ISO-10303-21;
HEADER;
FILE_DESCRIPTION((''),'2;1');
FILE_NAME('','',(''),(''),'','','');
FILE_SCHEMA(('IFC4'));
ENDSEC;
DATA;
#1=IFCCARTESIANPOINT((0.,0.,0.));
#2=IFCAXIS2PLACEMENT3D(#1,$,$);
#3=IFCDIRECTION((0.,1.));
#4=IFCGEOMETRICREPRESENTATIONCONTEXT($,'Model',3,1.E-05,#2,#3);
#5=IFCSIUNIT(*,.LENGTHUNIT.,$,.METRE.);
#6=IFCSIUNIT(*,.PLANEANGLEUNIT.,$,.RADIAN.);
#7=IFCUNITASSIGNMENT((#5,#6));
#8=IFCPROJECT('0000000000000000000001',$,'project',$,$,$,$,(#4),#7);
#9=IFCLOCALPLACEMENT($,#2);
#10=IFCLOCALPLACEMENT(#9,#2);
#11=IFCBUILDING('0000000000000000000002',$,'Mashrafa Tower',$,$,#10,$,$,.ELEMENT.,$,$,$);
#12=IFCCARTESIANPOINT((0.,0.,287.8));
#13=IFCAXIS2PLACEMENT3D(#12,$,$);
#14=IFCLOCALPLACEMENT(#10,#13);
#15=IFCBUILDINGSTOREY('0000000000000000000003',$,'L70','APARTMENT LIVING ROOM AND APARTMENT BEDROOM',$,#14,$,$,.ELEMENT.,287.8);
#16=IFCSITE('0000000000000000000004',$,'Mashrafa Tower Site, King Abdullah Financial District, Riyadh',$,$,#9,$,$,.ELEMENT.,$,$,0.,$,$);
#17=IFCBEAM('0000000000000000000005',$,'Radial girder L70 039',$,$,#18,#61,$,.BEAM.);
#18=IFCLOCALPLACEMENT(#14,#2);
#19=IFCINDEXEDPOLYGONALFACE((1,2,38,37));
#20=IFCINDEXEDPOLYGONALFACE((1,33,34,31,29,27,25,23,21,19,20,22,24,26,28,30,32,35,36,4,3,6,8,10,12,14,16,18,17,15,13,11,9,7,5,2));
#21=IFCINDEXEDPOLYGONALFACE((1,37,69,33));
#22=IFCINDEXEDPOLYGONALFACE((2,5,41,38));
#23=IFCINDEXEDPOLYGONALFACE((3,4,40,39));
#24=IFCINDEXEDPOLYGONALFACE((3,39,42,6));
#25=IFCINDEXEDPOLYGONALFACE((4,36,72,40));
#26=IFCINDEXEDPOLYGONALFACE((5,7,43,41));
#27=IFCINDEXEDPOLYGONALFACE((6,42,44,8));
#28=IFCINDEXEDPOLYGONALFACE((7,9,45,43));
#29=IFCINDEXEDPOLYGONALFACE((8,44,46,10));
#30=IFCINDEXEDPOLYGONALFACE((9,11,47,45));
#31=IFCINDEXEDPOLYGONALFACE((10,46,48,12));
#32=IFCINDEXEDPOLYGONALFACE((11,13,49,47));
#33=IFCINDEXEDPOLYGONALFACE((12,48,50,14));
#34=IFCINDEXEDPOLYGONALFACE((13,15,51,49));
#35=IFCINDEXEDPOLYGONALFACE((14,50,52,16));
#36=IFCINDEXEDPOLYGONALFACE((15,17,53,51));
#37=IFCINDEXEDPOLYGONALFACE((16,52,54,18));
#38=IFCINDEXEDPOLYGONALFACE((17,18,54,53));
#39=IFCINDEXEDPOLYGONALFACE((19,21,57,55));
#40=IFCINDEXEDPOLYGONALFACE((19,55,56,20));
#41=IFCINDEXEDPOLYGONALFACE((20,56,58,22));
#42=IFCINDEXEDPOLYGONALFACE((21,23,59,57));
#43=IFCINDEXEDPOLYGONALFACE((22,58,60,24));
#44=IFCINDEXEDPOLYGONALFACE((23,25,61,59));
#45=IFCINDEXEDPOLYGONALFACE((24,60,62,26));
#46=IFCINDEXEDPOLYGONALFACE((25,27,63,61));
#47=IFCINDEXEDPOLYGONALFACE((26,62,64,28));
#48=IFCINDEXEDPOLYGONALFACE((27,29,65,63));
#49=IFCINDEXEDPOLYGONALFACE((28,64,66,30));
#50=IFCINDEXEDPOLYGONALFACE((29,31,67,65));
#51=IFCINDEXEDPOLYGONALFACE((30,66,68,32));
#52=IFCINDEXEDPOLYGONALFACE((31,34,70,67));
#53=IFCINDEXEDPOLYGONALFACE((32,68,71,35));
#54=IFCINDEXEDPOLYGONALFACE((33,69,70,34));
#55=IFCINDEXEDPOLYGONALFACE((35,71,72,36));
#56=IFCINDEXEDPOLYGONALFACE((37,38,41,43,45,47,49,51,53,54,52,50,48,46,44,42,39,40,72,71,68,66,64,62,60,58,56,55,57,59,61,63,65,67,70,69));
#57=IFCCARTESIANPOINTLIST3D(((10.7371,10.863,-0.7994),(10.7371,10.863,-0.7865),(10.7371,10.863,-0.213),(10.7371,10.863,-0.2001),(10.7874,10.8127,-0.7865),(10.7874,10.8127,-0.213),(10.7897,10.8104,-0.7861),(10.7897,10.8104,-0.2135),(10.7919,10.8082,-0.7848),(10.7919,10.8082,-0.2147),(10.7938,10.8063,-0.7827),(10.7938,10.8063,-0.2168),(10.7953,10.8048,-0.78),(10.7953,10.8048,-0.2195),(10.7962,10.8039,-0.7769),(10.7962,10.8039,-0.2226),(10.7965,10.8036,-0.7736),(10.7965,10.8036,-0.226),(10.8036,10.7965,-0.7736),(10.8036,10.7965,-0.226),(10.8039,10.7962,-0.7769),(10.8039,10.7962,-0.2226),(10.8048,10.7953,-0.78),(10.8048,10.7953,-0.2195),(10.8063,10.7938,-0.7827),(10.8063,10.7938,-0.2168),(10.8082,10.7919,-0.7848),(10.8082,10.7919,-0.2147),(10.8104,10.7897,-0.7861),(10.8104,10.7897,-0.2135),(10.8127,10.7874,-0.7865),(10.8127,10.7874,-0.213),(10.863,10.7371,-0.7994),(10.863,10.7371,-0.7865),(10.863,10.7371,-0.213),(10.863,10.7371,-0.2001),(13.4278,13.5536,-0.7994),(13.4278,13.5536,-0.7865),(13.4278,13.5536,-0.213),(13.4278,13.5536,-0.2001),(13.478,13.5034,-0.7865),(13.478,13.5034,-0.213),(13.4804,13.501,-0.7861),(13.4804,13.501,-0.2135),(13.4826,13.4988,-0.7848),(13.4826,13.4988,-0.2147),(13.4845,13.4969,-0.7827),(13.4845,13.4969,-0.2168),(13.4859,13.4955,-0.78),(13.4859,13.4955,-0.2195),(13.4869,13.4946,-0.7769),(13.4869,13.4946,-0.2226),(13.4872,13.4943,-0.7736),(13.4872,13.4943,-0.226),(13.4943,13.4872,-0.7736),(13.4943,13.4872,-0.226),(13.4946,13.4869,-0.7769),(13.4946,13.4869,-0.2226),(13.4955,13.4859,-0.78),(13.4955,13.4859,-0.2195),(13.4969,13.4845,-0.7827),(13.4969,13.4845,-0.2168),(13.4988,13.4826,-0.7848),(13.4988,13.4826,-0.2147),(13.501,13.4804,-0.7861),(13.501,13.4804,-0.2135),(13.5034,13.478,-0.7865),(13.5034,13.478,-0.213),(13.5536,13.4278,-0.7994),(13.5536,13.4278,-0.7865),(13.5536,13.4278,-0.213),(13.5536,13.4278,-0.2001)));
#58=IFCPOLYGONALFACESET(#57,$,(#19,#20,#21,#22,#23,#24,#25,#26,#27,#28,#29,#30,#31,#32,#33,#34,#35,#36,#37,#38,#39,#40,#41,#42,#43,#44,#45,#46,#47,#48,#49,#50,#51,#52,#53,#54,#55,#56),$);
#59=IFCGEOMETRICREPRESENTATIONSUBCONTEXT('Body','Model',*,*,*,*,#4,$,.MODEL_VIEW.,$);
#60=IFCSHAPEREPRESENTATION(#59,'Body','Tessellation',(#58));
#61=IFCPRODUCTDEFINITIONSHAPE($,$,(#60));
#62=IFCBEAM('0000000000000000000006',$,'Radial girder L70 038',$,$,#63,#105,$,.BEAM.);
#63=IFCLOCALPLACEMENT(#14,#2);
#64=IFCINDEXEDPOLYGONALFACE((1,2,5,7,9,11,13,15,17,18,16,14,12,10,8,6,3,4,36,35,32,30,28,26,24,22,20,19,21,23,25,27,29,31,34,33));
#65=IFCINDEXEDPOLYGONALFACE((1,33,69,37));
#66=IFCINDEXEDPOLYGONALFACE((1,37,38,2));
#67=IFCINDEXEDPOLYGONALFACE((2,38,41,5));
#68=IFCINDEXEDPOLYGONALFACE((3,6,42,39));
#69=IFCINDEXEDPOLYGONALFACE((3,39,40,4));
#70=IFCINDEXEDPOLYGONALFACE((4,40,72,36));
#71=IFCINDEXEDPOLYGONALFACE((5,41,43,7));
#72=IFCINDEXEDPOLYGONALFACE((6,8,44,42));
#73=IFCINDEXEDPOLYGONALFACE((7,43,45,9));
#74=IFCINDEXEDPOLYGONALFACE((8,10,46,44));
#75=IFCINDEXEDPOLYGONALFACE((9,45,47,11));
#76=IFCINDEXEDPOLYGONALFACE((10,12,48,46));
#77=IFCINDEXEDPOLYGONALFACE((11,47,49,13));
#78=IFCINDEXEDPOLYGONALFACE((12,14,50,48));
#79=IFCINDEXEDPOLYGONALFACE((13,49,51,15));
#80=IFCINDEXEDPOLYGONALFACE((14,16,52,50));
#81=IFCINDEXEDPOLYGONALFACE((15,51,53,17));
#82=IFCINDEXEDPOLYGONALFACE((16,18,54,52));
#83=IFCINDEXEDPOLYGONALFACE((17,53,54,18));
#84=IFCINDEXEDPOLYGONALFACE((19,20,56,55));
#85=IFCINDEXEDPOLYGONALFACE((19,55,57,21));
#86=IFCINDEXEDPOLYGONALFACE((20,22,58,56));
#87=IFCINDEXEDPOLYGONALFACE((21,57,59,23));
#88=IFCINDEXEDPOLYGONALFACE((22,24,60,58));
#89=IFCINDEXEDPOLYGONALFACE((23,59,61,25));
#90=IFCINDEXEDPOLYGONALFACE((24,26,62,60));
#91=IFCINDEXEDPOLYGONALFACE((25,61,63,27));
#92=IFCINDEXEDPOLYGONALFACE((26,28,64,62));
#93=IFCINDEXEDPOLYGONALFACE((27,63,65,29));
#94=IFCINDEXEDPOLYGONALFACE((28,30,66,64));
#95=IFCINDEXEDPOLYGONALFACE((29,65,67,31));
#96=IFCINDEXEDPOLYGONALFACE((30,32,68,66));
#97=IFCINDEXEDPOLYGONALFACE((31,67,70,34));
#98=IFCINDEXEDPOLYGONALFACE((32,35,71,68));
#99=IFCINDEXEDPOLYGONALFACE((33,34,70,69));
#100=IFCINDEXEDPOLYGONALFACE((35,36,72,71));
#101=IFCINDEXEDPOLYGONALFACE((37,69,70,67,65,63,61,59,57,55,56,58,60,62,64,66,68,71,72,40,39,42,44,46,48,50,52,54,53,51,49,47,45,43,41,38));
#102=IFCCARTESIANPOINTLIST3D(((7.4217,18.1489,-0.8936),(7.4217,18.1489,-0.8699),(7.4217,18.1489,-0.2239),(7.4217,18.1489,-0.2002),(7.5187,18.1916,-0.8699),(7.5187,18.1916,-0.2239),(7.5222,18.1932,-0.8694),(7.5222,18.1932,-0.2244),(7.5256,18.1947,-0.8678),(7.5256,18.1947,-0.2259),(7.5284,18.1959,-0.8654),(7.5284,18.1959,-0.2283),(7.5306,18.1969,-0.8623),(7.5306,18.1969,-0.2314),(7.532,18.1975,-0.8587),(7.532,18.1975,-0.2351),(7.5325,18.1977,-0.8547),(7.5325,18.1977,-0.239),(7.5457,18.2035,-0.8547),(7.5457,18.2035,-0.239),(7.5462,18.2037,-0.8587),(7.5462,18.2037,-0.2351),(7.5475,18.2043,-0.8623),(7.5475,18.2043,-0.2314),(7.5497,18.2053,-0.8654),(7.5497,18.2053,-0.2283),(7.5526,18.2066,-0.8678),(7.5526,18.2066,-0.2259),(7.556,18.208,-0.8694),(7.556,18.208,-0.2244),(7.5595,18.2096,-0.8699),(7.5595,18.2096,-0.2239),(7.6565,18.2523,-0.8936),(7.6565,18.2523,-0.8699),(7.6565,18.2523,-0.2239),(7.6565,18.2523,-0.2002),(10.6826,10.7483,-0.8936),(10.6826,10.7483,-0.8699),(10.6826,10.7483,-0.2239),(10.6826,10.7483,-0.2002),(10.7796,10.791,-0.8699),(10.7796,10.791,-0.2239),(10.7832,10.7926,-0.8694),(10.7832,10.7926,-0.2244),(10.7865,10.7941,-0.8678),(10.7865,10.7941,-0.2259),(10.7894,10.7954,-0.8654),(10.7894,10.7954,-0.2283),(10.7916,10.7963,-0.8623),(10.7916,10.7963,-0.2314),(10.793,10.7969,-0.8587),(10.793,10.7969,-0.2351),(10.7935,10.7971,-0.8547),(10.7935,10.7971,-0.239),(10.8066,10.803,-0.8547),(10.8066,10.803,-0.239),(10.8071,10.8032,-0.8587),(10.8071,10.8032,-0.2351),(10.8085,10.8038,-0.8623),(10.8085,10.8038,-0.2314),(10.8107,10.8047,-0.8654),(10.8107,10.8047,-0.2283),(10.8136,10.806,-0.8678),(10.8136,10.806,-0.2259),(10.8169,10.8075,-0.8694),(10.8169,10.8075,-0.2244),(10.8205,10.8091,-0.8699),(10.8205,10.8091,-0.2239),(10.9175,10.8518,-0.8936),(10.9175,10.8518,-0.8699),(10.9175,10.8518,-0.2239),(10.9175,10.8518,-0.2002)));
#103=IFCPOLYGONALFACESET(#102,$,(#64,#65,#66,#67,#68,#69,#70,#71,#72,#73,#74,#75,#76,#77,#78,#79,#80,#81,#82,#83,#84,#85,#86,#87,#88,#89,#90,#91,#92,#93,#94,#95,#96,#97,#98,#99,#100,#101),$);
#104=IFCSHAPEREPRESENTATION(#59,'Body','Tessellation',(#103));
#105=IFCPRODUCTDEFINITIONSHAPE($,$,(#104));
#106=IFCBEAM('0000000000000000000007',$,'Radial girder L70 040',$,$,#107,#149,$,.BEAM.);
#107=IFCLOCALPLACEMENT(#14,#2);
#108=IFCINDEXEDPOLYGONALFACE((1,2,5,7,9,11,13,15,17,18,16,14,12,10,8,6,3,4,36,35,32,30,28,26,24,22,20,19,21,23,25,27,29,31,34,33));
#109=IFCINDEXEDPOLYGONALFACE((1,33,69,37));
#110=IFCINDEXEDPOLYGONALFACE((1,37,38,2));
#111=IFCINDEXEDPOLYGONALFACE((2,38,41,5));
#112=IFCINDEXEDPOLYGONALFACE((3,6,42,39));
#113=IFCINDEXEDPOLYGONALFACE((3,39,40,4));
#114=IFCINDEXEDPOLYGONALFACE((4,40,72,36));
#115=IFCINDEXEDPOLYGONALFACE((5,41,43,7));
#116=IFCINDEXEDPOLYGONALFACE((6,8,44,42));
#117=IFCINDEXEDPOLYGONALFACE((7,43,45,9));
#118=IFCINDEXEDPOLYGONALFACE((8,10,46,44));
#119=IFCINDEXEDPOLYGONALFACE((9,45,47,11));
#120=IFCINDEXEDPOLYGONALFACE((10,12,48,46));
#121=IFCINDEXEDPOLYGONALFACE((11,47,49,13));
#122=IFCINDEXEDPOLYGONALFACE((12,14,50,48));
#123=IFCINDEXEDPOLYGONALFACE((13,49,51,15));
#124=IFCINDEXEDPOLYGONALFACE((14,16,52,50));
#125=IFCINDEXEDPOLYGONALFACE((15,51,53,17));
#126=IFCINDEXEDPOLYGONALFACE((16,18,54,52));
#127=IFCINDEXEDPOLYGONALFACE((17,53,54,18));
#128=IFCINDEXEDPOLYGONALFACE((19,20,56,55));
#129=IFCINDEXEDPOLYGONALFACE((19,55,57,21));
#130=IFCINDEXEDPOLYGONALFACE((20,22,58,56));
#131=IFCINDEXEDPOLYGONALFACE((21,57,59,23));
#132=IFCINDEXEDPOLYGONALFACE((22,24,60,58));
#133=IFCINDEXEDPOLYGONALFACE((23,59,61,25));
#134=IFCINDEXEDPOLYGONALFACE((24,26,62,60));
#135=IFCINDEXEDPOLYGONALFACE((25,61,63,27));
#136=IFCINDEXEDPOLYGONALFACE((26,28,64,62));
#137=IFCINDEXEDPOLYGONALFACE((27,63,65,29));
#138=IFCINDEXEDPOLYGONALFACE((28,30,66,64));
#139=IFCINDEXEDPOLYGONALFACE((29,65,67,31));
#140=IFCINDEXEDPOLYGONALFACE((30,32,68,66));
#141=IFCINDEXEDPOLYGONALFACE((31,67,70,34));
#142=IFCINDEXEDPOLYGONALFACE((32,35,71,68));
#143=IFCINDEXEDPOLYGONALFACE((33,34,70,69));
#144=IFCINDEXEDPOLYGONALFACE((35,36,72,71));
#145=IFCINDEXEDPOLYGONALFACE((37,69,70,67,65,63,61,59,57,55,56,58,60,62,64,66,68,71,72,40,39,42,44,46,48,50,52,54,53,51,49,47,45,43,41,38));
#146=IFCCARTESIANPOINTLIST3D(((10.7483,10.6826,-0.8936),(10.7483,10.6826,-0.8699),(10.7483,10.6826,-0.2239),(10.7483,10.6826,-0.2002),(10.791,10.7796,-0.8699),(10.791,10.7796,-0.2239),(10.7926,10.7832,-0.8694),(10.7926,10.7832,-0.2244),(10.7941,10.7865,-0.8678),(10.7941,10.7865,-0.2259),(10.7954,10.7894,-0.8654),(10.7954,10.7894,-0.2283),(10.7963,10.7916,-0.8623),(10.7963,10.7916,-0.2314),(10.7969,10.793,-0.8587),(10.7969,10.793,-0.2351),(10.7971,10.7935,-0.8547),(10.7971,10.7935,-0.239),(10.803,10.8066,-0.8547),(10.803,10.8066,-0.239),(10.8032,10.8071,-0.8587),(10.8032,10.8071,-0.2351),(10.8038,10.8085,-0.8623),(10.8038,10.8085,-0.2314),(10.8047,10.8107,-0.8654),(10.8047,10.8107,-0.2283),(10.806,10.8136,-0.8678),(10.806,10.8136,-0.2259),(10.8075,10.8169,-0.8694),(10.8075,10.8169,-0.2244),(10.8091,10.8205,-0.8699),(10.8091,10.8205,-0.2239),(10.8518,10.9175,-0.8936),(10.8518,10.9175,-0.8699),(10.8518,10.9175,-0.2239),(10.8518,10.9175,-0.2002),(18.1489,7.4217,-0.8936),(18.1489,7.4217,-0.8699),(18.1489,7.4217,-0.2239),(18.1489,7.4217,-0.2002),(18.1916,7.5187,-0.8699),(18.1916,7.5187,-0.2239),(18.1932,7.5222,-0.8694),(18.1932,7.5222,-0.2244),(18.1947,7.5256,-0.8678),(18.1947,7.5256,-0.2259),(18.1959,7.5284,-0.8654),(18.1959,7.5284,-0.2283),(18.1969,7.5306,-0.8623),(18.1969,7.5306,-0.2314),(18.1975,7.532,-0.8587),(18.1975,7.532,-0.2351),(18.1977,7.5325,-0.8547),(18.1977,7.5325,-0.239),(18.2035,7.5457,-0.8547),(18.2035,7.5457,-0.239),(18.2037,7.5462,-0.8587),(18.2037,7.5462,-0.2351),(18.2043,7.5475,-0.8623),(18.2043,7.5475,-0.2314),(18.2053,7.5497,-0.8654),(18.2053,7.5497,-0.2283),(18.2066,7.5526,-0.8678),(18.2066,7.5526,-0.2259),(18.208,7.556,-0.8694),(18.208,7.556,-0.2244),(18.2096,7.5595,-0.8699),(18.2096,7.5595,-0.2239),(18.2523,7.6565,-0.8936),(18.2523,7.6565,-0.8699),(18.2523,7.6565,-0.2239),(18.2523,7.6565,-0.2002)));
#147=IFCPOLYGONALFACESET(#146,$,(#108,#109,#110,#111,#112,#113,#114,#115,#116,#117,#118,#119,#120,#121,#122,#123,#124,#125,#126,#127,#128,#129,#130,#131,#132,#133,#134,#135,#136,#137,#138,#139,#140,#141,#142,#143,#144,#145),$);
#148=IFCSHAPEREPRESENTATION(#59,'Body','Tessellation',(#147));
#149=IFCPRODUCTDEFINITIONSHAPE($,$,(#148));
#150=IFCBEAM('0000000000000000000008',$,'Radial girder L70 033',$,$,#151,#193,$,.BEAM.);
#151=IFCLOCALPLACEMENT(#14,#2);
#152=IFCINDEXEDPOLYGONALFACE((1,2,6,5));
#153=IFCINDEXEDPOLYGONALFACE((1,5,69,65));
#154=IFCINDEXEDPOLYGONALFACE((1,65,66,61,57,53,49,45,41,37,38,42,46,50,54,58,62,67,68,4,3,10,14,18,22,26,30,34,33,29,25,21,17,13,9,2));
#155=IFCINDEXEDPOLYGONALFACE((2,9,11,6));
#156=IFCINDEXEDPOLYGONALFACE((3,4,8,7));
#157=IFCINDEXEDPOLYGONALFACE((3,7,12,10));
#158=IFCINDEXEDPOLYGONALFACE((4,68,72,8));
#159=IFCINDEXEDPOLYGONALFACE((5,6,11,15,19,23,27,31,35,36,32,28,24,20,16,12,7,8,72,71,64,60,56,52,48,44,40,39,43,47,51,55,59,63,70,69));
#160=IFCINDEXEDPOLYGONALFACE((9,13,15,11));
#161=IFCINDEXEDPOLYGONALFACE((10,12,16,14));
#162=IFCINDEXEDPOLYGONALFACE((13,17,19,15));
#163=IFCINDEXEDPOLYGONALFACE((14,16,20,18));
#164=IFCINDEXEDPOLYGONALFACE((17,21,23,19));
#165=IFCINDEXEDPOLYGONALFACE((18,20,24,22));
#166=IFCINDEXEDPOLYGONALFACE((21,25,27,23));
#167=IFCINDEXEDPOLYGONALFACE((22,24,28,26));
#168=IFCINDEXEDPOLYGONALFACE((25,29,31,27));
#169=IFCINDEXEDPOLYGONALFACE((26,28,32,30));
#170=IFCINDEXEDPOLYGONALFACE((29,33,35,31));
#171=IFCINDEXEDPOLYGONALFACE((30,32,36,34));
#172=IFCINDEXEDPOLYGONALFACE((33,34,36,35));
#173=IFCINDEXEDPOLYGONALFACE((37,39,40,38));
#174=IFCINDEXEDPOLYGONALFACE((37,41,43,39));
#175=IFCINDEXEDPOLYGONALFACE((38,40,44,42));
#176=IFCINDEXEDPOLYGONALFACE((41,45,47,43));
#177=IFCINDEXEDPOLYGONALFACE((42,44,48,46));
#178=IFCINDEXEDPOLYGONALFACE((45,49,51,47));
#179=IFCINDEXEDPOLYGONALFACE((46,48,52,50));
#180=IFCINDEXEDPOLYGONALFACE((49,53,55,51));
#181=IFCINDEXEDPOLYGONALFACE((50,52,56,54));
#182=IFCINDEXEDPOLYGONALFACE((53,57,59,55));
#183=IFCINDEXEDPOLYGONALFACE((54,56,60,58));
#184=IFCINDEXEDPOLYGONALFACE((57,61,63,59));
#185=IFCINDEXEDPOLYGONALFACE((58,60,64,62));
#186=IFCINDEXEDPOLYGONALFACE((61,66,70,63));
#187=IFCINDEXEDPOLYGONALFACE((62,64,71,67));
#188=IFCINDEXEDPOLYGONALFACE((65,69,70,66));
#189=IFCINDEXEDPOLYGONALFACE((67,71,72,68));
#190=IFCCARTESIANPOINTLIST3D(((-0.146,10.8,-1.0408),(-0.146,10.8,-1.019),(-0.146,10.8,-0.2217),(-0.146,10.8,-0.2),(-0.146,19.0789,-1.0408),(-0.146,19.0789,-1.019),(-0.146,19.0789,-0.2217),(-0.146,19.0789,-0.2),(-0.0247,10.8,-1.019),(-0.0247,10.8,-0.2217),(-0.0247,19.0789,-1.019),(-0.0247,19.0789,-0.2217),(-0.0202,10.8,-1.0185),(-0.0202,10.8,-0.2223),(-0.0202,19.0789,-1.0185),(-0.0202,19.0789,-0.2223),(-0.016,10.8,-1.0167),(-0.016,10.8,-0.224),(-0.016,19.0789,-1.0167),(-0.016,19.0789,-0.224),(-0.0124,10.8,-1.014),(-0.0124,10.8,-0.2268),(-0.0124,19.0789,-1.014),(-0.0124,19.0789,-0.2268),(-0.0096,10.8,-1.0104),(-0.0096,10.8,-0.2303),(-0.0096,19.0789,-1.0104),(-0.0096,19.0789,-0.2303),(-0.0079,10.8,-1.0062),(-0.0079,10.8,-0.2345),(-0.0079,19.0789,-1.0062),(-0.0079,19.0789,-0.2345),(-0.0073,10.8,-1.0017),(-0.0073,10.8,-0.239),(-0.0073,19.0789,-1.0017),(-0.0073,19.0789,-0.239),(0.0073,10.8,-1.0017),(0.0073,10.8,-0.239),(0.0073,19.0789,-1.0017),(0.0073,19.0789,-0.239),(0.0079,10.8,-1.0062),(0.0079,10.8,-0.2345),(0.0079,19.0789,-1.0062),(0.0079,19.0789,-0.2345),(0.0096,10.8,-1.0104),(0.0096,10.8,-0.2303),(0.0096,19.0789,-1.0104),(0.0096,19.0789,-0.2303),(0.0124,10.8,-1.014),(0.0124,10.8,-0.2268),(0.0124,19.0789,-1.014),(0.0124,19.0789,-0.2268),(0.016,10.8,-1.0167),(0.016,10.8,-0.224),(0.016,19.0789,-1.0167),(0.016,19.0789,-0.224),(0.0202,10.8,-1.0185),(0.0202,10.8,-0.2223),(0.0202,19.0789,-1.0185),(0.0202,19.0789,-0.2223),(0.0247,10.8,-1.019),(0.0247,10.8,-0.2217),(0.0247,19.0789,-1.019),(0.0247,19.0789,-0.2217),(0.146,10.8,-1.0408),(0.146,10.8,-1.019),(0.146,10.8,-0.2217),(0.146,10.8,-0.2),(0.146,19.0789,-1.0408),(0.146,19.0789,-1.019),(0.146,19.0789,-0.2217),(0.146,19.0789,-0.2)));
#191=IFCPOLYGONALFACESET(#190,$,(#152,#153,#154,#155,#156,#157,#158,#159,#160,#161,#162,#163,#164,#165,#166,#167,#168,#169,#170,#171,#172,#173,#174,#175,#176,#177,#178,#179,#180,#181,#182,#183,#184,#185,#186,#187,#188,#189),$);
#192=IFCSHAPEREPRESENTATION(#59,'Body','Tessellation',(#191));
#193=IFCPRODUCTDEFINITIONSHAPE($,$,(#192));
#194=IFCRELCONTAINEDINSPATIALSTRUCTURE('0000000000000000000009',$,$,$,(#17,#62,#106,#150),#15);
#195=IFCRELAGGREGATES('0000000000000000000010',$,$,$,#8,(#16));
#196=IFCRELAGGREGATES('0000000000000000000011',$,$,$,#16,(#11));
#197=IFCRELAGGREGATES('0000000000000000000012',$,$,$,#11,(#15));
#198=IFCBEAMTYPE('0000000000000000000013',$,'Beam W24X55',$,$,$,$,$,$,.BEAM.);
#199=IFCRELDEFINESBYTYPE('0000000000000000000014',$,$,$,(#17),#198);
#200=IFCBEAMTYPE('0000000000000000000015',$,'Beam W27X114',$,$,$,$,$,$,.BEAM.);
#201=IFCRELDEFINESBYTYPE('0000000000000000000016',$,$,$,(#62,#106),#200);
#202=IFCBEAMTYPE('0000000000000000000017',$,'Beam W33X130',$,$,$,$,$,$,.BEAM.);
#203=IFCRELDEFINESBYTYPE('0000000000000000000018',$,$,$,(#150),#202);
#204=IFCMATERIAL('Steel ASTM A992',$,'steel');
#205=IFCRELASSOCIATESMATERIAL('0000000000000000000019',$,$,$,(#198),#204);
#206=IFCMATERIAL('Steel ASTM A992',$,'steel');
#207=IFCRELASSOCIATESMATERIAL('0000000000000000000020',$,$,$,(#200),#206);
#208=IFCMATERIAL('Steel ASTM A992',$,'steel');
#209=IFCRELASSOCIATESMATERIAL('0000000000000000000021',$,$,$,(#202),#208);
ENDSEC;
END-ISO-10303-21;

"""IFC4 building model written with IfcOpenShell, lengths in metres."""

from ifc_helpers import new_model, si_unit, direction, frame, origin, origin_2d, place, context, subcontext, project, spatial, i_section, extrude, material, material_profile, profile_set, type_object, element, save


model = new_model("IFC4")

# Units and contexts
model_context = context("Model", 3, precision=1e-05, world=origin(), true_north=direction((0.0, 1.0)))
body_context = subcontext(model_context, "Body", "Model", "MODEL_VIEW")
ifc_project = project(units=[si_unit("LENGTHUNIT", "METRE"), si_unit("PLANEANGLEUNIT", "RADIAN")], contexts=[model_context])

# Site, building, storey
site_placement = place(None, origin())
site = spatial("IfcSite", under=ifc_project, at=site_placement, Name="Mashrafa Tower Site, King Abdullah Financial District, Riyadh", CompositionType="ELEMENT", RefElevation=0.0)
building_placement = place(site_placement, origin())
building = spatial("IfcBuilding", under=site, at=building_placement, Name="Mashrafa Tower", CompositionType="ELEMENT")
storey_placement = place(building_placement, frame((0.0, 0.0, 287.8)))
storey = spatial("IfcBuildingStorey", under=building, at=storey_placement, Name="L70", Description="APARTMENT LIVING ROOM AND APARTMENT BEDROOM", CompositionType="ELEMENT", Elevation=287.8)

# Beams
ifc_material_1 = material(Name="Steel ASTM A992", Category="steel")
ifc_material_profile_1 = material_profile(ifc_material_1, i_section(OverallWidth=0.178, OverallDepth=0.5994, WebThickness=0.01, FlangeThickness=0.0129, FilletRadius=0.0129, at=origin_2d()), Name="W24X55")
ifc_profile_set_1 = profile_set([ifc_material_profile_1], Name="Steel ASTM A992")
beam_type_1 = type_object("IfcBeamType", Name="Beam W24X55", PredefinedType="BEAM", material=ifc_profile_set_1)
beam_1_placement = place(storey_placement, frame((10.8, 10.8, -0.4998), z_axis=(0.707107, 0.707107, 0.0), x_axis=(-0.707107, 0.707107, 0.0)))
element("IfcBeam", 1, at=beam_1_placement, inside=storey, type_object=beam_type_1, Name="Radial girder L70 039", PredefinedType="BEAM", context=body_context, shape_type="SweptSolid", body=[
    extrude(i_section(OverallWidth=0.178, OverallDepth=0.5994, WebThickness=0.01, FlangeThickness=0.0129, FilletRadius=0.0129, at=origin_2d()), origin(), (0.0, 0.0, 1.0), 3.8052),
])
ifc_material_2 = material(Name="Steel ASTM A992", Category="steel")
ifc_material_profile_2 = material_profile(ifc_material_2, i_section(OverallWidth=0.2566, OverallDepth=0.6934, WebThickness=0.0144, FlangeThickness=0.0237, FilletRadius=0.0151, at=origin_2d()), Name="W27X114")
ifc_profile_set_2 = profile_set([ifc_material_profile_2], Name="Steel ASTM A992")
beam_type_2 = type_object("IfcBeamType", Name="Beam W27X114", PredefinedType="BEAM", material=ifc_profile_set_2)
for number, where, z_axis, x_axis, name in (
    (2, (10.8, 10.8, -0.5469), (-0.403226, 0.9151, 0.0), (-0.9151, -0.403226, 0.0), "Radial girder L70 038"),
    (3, (10.8, 10.8, -0.5469), (0.9151, -0.403226, 0.0), (0.403226, 0.9151, 0.0), "Radial girder L70 040"),
):
    element("IfcBeam", number, at=place(storey_placement, frame(where, z_axis=z_axis, x_axis=x_axis)), inside=storey, type_object=beam_type_2, Name=name, PredefinedType="BEAM", context=body_context, shape_type="SweptSolid", body=[
        extrude(i_section(OverallWidth=0.2566, OverallDepth=0.6934, WebThickness=0.0144, FlangeThickness=0.0237, FilletRadius=0.0151, at=origin_2d()), origin(), (0.0, 0.0, 1.0), 8.0872),
    ])
ifc_material_3 = material(Name="Steel ASTM A992", Category="steel")
ifc_material_profile_3 = material_profile(ifc_material_3, i_section(OverallWidth=0.292, OverallDepth=0.8408, WebThickness=0.0146, FlangeThickness=0.0217, FilletRadius=0.0173, at=origin_2d()), Name="W33X130")
ifc_profile_set_3 = profile_set([ifc_material_profile_3], Name="Steel ASTM A992")
beam_type_3 = type_object("IfcBeamType", Name="Beam W33X130", PredefinedType="BEAM", material=ifc_profile_set_3)
beam_2_placement = place(storey_placement, frame((0.0, 10.8, -0.6204), z_axis=(0.0, 1.0, 0.0), x_axis=(-1.0, 0.0, 0.0)))
element("IfcBeam", 4, at=beam_2_placement, inside=storey, type_object=beam_type_3, Name="Radial girder L70 033", PredefinedType="BEAM", context=body_context, shape_type="SweptSolid", body=[
    extrude(i_section(OverallWidth=0.292, OverallDepth=0.8408, WebThickness=0.0146, FlangeThickness=0.0217, FilletRadius=0.0173, at=origin_2d()), origin(), (0.0, 0.0, 1.0), 8.2788),
])

save(model, "model.ifc")
